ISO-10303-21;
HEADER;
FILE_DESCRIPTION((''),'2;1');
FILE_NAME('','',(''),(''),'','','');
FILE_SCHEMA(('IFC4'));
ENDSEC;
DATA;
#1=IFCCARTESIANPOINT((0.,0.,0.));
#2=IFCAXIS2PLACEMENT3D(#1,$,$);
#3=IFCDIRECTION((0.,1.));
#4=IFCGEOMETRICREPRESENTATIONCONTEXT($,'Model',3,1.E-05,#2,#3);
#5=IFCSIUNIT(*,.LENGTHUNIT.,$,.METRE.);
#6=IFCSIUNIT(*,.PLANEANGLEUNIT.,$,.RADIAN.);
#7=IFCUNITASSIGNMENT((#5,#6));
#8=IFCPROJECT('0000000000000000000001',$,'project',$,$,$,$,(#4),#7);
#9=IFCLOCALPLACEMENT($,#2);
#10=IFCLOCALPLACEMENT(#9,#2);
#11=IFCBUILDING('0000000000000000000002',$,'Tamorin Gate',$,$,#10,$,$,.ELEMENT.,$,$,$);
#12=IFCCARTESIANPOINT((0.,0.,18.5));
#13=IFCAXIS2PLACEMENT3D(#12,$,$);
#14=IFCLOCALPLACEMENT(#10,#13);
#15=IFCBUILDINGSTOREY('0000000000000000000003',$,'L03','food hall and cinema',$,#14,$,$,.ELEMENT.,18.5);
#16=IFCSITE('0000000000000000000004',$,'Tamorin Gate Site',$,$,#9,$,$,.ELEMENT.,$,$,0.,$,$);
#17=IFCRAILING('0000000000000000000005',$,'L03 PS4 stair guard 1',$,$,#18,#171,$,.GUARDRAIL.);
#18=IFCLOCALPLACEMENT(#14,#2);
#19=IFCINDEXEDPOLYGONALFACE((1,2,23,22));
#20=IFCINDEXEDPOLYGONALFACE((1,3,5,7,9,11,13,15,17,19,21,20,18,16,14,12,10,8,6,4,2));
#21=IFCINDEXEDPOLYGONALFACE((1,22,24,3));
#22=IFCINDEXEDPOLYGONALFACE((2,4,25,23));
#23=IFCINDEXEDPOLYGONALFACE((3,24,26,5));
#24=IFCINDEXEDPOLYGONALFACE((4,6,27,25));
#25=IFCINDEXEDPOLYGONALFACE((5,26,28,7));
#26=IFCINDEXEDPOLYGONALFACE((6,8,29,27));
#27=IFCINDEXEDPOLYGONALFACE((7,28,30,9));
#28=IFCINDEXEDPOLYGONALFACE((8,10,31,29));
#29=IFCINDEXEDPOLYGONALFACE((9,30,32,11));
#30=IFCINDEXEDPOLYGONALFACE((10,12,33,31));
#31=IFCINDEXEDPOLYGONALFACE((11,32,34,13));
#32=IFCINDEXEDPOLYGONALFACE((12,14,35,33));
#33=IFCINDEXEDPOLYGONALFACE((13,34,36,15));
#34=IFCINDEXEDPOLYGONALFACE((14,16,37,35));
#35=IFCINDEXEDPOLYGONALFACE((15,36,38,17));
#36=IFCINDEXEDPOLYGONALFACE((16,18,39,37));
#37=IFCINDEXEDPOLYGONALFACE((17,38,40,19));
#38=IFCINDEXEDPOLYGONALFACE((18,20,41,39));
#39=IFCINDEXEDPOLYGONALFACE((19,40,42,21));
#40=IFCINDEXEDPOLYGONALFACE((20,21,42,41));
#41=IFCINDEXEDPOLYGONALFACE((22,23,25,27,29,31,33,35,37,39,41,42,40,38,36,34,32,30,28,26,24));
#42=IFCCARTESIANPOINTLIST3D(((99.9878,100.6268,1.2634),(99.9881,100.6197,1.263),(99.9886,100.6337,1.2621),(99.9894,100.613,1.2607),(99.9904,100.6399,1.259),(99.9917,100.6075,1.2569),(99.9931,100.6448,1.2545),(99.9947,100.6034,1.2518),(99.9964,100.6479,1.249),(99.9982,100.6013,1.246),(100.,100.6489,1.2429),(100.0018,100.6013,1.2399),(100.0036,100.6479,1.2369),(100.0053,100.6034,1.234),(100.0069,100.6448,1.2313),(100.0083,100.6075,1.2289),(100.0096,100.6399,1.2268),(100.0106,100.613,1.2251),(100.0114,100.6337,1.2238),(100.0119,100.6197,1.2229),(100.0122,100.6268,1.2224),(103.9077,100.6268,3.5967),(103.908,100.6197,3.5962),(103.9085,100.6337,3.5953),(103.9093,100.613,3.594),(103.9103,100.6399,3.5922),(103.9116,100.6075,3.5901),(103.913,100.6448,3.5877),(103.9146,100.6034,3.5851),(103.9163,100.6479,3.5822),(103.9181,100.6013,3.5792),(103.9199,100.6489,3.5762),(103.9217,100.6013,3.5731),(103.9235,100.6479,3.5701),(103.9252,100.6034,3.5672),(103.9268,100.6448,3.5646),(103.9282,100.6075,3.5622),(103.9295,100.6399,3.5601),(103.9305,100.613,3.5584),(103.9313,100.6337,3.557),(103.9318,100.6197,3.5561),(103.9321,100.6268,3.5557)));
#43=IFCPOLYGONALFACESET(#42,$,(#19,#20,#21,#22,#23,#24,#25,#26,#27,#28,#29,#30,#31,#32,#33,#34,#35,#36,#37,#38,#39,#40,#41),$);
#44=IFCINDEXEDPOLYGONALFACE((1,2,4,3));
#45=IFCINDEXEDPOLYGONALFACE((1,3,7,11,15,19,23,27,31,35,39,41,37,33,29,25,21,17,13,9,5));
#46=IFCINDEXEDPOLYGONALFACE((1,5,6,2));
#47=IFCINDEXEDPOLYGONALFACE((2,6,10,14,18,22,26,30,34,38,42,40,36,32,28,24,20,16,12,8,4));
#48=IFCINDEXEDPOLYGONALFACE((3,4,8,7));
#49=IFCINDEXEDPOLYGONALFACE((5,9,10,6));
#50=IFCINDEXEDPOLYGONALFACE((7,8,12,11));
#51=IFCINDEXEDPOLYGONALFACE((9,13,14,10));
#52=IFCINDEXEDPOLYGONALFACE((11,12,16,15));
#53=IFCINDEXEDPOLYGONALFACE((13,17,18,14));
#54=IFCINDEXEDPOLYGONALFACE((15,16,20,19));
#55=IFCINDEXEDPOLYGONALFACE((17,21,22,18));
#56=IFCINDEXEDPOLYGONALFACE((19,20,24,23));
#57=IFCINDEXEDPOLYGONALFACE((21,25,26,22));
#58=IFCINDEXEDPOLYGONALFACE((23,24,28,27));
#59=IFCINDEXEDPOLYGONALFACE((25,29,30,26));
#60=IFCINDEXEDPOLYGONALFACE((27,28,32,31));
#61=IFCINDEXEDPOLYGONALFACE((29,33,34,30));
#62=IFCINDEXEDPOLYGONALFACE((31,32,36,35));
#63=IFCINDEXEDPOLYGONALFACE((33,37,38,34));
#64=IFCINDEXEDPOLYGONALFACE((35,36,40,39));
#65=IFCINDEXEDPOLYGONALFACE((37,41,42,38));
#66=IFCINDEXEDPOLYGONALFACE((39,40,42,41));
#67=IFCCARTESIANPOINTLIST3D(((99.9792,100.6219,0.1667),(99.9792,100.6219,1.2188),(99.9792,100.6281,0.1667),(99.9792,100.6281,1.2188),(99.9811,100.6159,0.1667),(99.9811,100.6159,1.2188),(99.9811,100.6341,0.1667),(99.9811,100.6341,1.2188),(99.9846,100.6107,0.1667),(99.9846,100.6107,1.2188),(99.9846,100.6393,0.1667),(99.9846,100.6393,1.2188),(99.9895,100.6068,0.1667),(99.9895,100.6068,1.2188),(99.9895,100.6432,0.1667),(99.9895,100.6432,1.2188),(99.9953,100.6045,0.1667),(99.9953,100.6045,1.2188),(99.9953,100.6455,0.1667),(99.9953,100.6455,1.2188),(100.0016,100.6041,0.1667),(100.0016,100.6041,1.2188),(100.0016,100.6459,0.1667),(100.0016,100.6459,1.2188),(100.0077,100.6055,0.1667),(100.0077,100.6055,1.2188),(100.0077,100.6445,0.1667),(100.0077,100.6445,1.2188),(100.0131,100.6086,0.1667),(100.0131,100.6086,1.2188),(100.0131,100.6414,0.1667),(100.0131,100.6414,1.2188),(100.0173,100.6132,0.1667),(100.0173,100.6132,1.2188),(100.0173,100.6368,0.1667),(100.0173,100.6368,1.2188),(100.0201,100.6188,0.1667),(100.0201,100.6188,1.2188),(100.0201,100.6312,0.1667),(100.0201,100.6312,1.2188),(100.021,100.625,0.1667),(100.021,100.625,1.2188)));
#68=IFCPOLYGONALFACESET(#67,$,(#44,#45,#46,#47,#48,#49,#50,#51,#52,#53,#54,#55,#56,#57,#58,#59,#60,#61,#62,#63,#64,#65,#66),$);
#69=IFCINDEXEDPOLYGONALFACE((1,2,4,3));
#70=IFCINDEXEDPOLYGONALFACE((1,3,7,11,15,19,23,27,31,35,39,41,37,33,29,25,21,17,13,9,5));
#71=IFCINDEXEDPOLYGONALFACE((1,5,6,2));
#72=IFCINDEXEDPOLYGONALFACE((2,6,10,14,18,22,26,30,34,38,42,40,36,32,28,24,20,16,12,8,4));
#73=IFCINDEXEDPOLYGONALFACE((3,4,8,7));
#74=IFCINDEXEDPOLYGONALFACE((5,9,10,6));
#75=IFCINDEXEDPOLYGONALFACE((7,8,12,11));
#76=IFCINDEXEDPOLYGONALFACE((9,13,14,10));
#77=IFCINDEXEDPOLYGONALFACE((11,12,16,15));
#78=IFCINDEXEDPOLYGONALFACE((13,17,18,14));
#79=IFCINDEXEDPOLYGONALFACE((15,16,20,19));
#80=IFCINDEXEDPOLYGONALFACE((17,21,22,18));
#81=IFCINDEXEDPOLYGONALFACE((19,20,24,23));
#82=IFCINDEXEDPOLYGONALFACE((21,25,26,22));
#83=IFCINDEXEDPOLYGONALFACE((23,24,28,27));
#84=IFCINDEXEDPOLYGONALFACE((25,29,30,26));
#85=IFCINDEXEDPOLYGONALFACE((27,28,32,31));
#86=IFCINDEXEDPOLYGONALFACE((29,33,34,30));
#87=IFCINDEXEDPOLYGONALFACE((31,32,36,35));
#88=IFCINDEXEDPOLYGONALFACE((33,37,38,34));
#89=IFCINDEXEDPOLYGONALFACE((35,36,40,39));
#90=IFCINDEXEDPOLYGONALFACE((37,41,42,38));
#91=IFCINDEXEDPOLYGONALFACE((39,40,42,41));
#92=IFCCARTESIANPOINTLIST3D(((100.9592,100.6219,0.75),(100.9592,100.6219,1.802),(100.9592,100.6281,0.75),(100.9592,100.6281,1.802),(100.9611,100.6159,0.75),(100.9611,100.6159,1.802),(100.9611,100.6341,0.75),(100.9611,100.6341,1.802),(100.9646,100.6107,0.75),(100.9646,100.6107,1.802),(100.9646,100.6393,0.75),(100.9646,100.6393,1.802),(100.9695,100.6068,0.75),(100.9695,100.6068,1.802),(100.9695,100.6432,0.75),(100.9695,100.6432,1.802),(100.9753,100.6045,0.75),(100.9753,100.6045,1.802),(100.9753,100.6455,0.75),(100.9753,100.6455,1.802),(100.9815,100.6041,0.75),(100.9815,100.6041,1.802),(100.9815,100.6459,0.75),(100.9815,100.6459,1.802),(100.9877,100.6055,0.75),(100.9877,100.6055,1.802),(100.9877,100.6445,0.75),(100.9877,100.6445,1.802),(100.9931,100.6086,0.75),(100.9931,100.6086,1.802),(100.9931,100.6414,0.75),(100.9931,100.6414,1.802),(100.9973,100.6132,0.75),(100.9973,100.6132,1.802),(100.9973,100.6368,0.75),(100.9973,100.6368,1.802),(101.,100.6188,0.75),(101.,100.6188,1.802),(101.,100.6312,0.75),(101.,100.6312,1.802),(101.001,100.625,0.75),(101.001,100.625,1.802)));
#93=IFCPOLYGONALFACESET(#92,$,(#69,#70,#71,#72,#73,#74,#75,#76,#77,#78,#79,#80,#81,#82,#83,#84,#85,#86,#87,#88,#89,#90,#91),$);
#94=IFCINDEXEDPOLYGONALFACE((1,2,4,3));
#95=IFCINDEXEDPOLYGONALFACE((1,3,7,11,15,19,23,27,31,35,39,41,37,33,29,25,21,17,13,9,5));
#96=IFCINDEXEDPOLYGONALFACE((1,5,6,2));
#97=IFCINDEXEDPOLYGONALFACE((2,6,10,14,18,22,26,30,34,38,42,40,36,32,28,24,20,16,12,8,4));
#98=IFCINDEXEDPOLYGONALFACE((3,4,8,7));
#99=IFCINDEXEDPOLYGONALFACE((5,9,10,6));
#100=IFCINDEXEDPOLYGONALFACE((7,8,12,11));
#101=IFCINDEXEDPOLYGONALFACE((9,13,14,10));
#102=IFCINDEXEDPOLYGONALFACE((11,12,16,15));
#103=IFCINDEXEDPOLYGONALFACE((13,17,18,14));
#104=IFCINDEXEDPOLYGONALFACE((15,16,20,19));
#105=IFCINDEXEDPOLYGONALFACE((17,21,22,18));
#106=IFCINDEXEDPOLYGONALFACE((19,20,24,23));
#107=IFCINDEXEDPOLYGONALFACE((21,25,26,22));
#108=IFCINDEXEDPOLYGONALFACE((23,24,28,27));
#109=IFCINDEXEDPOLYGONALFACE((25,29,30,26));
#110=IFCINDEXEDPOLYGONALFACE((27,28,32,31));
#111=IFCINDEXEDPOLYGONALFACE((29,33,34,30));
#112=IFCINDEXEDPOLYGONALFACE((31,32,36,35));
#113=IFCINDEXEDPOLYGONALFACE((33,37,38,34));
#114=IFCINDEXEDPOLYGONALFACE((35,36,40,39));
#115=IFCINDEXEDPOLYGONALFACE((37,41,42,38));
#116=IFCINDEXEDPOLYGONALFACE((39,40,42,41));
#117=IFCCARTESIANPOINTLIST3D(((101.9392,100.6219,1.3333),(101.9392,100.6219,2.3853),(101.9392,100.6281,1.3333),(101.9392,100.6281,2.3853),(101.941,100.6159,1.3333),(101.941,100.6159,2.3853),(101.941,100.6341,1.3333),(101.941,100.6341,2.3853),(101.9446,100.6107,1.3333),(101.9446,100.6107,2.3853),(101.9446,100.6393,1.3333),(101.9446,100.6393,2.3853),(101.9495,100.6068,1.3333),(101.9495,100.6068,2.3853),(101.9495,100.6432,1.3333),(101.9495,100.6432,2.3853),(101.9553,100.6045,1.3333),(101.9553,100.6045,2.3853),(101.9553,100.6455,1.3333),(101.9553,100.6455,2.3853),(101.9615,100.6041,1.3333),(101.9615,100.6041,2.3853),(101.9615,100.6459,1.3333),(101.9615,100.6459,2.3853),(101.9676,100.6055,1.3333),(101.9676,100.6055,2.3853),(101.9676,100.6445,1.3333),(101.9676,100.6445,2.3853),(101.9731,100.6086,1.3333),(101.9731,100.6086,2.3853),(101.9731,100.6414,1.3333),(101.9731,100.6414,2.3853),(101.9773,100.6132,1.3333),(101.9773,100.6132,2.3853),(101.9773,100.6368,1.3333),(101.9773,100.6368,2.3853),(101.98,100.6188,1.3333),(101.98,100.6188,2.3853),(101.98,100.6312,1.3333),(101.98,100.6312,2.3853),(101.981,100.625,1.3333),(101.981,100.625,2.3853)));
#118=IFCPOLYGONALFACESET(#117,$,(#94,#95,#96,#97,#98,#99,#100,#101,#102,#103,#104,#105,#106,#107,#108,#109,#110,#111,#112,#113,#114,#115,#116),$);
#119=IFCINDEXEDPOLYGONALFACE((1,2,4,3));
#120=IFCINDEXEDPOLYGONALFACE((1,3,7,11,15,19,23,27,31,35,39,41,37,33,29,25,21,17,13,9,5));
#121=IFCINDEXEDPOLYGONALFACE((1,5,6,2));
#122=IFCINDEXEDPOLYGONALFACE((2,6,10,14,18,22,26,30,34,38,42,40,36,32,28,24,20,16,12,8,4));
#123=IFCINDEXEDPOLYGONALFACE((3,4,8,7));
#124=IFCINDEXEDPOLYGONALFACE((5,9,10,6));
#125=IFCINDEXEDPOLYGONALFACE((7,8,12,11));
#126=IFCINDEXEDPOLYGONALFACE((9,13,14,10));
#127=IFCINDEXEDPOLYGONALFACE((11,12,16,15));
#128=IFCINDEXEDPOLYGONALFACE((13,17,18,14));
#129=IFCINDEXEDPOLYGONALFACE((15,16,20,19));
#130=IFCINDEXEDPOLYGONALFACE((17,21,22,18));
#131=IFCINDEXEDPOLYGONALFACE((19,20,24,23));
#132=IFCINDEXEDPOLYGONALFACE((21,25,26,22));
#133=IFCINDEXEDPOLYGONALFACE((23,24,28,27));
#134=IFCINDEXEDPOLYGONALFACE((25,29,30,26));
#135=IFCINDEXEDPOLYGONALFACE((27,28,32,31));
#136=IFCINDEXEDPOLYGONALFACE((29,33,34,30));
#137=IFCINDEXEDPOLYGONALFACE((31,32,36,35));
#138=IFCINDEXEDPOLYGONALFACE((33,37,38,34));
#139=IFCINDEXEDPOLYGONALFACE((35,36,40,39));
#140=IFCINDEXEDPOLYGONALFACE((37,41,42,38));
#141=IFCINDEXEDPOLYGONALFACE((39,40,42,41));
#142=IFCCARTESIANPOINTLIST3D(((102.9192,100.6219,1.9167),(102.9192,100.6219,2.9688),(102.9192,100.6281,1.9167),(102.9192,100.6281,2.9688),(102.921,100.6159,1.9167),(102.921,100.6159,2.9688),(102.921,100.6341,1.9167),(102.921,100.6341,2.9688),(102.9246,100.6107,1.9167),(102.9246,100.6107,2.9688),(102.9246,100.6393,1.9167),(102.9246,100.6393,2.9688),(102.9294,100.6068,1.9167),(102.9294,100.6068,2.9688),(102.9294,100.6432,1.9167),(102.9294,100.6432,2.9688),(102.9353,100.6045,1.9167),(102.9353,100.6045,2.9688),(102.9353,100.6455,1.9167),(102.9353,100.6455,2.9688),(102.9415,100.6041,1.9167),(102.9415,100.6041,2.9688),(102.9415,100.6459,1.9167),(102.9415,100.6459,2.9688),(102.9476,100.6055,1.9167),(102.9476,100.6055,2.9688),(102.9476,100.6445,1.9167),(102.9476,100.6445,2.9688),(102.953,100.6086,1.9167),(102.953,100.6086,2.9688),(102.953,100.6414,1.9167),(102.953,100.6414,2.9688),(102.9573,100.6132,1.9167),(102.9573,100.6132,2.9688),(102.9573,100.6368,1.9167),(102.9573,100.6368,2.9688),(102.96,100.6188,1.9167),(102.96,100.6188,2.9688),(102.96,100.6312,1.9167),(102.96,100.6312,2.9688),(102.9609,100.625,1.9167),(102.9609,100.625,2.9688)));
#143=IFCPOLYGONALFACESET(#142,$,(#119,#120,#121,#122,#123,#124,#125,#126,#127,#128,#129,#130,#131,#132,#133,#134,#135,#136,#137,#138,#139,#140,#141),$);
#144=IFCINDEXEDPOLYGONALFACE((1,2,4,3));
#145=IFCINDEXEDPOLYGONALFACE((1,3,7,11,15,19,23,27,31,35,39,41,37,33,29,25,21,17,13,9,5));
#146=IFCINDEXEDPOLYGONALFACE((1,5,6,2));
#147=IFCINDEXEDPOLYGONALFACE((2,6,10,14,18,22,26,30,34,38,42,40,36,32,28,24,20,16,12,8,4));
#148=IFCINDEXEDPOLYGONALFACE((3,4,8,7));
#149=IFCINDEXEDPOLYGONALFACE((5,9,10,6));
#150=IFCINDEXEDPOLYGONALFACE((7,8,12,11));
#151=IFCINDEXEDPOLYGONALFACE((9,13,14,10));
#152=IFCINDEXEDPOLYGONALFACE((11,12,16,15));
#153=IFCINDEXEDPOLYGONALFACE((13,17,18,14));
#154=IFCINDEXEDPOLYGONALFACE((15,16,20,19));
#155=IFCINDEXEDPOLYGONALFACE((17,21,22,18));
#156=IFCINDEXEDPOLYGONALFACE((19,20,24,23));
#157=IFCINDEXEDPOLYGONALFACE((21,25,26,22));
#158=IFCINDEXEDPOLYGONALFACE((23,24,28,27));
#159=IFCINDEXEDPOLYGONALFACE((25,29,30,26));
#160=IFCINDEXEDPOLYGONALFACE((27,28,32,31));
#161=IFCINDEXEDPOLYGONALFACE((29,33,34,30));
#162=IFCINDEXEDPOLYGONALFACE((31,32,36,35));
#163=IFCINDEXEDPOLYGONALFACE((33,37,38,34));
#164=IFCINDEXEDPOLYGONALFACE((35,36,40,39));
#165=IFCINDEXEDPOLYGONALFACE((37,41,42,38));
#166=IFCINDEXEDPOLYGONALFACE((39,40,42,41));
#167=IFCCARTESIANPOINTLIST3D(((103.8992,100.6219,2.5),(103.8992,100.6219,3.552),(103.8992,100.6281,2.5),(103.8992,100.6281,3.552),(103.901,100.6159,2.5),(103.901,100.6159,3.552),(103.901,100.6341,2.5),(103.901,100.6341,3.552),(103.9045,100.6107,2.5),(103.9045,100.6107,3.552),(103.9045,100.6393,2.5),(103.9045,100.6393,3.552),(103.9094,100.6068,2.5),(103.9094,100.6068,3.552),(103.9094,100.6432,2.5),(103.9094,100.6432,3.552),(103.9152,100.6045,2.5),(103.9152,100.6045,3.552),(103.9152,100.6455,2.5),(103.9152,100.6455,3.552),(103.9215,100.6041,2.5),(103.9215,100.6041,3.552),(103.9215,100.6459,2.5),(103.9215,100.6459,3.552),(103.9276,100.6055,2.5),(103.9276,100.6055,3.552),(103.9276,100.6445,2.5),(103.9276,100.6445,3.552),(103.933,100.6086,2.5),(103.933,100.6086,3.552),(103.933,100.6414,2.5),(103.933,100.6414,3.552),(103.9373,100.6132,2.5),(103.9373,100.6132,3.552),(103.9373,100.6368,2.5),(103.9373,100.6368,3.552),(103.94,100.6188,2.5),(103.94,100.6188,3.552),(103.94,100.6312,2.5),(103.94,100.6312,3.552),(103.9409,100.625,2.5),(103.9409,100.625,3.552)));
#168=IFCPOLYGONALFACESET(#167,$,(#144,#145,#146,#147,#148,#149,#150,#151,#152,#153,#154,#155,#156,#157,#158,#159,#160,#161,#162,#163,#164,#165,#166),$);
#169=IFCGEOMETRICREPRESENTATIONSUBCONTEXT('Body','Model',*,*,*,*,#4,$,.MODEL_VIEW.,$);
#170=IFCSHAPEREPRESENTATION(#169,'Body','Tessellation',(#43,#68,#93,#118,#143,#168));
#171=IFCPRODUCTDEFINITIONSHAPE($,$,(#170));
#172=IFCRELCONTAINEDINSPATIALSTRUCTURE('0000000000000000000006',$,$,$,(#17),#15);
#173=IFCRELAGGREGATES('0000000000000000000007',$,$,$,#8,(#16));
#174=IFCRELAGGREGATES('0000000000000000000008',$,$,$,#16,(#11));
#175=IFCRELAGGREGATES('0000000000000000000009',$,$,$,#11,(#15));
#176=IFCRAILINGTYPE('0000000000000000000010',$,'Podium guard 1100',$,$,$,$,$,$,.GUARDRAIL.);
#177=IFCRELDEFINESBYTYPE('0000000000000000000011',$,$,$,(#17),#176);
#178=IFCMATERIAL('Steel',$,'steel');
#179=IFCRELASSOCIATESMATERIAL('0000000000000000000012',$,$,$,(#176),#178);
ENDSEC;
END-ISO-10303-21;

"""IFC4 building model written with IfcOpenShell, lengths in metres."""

from ifc_helpers import new_model, si_unit, direction, frame, origin, origin_2d, place, context, subcontext, project, spatial, circle, extrude, material, type_object, element, save


model = new_model("IFC4")

# Units and contexts
model_context = context("Model", 3, precision=1e-05, world=origin(), true_north=direction((0.0, 1.0)))
body_context = subcontext(model_context, "Body", "Model", "MODEL_VIEW")
ifc_project = project(units=[si_unit("LENGTHUNIT", "METRE"), si_unit("PLANEANGLEUNIT", "RADIAN")], contexts=[model_context])

# Site, building, storey
site_placement = place(None, origin())
site = spatial("IfcSite", under=ifc_project, at=site_placement, Name="Tamorin Gate Site", CompositionType="ELEMENT", RefElevation=0.0)
building_placement = place(site_placement, origin())
building = spatial("IfcBuilding", under=site, at=building_placement, Name="Tamorin Gate", CompositionType="ELEMENT")
storey_placement = place(building_placement, frame((0.0, 0.0, 18.5)))
storey = spatial("IfcBuildingStorey", under=building, at=storey_placement, Name="L03", Description="food hall and cinema", CompositionType="ELEMENT", Elevation=18.5)

# Railing
ifc_material_1 = material(Name="Steel", Category="steel")
railing_type_1 = type_object("IfcRailingType", Name="Podium guard 1100", PredefinedType="GUARDRAIL", material=ifc_material_1)
railing_1_placement = place(storey_placement, frame((100.0, 100.625, 0.1667)))
element("IfcRailing", 1, at=railing_1_placement, inside=storey, type_object=railing_type_1, Name="L03 PS4 stair guard 1", PredefinedType="GUARDRAIL", context=body_context, shape_type="SweptSolid", body=[
    extrude(circle(Radius=0.0239, at=origin_2d()), frame((0.0, 0.0, 1.0762), z_axis=(0.859296, 0.0, 0.511478), x_axis=(0.0, 1.0, 0.0)), (0.0, 0.0, 1.0), 4.5618),
    extrude(circle(Radius=0.021, at=origin_2d()), origin(), (0.0, 0.0, 1.0), 1.052),
    extrude(circle(Radius=0.021, at=origin_2d()), frame((0.98, 0.0, 0.5833)), (0.0, 0.0, 1.0), 1.052),
    extrude(circle(Radius=0.021, at=origin_2d()), frame((1.96, 0.0, 1.1665)), (0.0, 0.0, 1.0), 1.052),
    extrude(circle(Radius=0.021, at=origin_2d()), frame((2.9399, 0.0, 1.75)), (0.0, 0.0, 1.0), 1.052),
    extrude(circle(Radius=0.021, at=origin_2d()), frame((3.9199, 0.0, 2.3333)), (0.0, 0.0, 1.0), 1.052),
])

save(model, "model.ifc")
